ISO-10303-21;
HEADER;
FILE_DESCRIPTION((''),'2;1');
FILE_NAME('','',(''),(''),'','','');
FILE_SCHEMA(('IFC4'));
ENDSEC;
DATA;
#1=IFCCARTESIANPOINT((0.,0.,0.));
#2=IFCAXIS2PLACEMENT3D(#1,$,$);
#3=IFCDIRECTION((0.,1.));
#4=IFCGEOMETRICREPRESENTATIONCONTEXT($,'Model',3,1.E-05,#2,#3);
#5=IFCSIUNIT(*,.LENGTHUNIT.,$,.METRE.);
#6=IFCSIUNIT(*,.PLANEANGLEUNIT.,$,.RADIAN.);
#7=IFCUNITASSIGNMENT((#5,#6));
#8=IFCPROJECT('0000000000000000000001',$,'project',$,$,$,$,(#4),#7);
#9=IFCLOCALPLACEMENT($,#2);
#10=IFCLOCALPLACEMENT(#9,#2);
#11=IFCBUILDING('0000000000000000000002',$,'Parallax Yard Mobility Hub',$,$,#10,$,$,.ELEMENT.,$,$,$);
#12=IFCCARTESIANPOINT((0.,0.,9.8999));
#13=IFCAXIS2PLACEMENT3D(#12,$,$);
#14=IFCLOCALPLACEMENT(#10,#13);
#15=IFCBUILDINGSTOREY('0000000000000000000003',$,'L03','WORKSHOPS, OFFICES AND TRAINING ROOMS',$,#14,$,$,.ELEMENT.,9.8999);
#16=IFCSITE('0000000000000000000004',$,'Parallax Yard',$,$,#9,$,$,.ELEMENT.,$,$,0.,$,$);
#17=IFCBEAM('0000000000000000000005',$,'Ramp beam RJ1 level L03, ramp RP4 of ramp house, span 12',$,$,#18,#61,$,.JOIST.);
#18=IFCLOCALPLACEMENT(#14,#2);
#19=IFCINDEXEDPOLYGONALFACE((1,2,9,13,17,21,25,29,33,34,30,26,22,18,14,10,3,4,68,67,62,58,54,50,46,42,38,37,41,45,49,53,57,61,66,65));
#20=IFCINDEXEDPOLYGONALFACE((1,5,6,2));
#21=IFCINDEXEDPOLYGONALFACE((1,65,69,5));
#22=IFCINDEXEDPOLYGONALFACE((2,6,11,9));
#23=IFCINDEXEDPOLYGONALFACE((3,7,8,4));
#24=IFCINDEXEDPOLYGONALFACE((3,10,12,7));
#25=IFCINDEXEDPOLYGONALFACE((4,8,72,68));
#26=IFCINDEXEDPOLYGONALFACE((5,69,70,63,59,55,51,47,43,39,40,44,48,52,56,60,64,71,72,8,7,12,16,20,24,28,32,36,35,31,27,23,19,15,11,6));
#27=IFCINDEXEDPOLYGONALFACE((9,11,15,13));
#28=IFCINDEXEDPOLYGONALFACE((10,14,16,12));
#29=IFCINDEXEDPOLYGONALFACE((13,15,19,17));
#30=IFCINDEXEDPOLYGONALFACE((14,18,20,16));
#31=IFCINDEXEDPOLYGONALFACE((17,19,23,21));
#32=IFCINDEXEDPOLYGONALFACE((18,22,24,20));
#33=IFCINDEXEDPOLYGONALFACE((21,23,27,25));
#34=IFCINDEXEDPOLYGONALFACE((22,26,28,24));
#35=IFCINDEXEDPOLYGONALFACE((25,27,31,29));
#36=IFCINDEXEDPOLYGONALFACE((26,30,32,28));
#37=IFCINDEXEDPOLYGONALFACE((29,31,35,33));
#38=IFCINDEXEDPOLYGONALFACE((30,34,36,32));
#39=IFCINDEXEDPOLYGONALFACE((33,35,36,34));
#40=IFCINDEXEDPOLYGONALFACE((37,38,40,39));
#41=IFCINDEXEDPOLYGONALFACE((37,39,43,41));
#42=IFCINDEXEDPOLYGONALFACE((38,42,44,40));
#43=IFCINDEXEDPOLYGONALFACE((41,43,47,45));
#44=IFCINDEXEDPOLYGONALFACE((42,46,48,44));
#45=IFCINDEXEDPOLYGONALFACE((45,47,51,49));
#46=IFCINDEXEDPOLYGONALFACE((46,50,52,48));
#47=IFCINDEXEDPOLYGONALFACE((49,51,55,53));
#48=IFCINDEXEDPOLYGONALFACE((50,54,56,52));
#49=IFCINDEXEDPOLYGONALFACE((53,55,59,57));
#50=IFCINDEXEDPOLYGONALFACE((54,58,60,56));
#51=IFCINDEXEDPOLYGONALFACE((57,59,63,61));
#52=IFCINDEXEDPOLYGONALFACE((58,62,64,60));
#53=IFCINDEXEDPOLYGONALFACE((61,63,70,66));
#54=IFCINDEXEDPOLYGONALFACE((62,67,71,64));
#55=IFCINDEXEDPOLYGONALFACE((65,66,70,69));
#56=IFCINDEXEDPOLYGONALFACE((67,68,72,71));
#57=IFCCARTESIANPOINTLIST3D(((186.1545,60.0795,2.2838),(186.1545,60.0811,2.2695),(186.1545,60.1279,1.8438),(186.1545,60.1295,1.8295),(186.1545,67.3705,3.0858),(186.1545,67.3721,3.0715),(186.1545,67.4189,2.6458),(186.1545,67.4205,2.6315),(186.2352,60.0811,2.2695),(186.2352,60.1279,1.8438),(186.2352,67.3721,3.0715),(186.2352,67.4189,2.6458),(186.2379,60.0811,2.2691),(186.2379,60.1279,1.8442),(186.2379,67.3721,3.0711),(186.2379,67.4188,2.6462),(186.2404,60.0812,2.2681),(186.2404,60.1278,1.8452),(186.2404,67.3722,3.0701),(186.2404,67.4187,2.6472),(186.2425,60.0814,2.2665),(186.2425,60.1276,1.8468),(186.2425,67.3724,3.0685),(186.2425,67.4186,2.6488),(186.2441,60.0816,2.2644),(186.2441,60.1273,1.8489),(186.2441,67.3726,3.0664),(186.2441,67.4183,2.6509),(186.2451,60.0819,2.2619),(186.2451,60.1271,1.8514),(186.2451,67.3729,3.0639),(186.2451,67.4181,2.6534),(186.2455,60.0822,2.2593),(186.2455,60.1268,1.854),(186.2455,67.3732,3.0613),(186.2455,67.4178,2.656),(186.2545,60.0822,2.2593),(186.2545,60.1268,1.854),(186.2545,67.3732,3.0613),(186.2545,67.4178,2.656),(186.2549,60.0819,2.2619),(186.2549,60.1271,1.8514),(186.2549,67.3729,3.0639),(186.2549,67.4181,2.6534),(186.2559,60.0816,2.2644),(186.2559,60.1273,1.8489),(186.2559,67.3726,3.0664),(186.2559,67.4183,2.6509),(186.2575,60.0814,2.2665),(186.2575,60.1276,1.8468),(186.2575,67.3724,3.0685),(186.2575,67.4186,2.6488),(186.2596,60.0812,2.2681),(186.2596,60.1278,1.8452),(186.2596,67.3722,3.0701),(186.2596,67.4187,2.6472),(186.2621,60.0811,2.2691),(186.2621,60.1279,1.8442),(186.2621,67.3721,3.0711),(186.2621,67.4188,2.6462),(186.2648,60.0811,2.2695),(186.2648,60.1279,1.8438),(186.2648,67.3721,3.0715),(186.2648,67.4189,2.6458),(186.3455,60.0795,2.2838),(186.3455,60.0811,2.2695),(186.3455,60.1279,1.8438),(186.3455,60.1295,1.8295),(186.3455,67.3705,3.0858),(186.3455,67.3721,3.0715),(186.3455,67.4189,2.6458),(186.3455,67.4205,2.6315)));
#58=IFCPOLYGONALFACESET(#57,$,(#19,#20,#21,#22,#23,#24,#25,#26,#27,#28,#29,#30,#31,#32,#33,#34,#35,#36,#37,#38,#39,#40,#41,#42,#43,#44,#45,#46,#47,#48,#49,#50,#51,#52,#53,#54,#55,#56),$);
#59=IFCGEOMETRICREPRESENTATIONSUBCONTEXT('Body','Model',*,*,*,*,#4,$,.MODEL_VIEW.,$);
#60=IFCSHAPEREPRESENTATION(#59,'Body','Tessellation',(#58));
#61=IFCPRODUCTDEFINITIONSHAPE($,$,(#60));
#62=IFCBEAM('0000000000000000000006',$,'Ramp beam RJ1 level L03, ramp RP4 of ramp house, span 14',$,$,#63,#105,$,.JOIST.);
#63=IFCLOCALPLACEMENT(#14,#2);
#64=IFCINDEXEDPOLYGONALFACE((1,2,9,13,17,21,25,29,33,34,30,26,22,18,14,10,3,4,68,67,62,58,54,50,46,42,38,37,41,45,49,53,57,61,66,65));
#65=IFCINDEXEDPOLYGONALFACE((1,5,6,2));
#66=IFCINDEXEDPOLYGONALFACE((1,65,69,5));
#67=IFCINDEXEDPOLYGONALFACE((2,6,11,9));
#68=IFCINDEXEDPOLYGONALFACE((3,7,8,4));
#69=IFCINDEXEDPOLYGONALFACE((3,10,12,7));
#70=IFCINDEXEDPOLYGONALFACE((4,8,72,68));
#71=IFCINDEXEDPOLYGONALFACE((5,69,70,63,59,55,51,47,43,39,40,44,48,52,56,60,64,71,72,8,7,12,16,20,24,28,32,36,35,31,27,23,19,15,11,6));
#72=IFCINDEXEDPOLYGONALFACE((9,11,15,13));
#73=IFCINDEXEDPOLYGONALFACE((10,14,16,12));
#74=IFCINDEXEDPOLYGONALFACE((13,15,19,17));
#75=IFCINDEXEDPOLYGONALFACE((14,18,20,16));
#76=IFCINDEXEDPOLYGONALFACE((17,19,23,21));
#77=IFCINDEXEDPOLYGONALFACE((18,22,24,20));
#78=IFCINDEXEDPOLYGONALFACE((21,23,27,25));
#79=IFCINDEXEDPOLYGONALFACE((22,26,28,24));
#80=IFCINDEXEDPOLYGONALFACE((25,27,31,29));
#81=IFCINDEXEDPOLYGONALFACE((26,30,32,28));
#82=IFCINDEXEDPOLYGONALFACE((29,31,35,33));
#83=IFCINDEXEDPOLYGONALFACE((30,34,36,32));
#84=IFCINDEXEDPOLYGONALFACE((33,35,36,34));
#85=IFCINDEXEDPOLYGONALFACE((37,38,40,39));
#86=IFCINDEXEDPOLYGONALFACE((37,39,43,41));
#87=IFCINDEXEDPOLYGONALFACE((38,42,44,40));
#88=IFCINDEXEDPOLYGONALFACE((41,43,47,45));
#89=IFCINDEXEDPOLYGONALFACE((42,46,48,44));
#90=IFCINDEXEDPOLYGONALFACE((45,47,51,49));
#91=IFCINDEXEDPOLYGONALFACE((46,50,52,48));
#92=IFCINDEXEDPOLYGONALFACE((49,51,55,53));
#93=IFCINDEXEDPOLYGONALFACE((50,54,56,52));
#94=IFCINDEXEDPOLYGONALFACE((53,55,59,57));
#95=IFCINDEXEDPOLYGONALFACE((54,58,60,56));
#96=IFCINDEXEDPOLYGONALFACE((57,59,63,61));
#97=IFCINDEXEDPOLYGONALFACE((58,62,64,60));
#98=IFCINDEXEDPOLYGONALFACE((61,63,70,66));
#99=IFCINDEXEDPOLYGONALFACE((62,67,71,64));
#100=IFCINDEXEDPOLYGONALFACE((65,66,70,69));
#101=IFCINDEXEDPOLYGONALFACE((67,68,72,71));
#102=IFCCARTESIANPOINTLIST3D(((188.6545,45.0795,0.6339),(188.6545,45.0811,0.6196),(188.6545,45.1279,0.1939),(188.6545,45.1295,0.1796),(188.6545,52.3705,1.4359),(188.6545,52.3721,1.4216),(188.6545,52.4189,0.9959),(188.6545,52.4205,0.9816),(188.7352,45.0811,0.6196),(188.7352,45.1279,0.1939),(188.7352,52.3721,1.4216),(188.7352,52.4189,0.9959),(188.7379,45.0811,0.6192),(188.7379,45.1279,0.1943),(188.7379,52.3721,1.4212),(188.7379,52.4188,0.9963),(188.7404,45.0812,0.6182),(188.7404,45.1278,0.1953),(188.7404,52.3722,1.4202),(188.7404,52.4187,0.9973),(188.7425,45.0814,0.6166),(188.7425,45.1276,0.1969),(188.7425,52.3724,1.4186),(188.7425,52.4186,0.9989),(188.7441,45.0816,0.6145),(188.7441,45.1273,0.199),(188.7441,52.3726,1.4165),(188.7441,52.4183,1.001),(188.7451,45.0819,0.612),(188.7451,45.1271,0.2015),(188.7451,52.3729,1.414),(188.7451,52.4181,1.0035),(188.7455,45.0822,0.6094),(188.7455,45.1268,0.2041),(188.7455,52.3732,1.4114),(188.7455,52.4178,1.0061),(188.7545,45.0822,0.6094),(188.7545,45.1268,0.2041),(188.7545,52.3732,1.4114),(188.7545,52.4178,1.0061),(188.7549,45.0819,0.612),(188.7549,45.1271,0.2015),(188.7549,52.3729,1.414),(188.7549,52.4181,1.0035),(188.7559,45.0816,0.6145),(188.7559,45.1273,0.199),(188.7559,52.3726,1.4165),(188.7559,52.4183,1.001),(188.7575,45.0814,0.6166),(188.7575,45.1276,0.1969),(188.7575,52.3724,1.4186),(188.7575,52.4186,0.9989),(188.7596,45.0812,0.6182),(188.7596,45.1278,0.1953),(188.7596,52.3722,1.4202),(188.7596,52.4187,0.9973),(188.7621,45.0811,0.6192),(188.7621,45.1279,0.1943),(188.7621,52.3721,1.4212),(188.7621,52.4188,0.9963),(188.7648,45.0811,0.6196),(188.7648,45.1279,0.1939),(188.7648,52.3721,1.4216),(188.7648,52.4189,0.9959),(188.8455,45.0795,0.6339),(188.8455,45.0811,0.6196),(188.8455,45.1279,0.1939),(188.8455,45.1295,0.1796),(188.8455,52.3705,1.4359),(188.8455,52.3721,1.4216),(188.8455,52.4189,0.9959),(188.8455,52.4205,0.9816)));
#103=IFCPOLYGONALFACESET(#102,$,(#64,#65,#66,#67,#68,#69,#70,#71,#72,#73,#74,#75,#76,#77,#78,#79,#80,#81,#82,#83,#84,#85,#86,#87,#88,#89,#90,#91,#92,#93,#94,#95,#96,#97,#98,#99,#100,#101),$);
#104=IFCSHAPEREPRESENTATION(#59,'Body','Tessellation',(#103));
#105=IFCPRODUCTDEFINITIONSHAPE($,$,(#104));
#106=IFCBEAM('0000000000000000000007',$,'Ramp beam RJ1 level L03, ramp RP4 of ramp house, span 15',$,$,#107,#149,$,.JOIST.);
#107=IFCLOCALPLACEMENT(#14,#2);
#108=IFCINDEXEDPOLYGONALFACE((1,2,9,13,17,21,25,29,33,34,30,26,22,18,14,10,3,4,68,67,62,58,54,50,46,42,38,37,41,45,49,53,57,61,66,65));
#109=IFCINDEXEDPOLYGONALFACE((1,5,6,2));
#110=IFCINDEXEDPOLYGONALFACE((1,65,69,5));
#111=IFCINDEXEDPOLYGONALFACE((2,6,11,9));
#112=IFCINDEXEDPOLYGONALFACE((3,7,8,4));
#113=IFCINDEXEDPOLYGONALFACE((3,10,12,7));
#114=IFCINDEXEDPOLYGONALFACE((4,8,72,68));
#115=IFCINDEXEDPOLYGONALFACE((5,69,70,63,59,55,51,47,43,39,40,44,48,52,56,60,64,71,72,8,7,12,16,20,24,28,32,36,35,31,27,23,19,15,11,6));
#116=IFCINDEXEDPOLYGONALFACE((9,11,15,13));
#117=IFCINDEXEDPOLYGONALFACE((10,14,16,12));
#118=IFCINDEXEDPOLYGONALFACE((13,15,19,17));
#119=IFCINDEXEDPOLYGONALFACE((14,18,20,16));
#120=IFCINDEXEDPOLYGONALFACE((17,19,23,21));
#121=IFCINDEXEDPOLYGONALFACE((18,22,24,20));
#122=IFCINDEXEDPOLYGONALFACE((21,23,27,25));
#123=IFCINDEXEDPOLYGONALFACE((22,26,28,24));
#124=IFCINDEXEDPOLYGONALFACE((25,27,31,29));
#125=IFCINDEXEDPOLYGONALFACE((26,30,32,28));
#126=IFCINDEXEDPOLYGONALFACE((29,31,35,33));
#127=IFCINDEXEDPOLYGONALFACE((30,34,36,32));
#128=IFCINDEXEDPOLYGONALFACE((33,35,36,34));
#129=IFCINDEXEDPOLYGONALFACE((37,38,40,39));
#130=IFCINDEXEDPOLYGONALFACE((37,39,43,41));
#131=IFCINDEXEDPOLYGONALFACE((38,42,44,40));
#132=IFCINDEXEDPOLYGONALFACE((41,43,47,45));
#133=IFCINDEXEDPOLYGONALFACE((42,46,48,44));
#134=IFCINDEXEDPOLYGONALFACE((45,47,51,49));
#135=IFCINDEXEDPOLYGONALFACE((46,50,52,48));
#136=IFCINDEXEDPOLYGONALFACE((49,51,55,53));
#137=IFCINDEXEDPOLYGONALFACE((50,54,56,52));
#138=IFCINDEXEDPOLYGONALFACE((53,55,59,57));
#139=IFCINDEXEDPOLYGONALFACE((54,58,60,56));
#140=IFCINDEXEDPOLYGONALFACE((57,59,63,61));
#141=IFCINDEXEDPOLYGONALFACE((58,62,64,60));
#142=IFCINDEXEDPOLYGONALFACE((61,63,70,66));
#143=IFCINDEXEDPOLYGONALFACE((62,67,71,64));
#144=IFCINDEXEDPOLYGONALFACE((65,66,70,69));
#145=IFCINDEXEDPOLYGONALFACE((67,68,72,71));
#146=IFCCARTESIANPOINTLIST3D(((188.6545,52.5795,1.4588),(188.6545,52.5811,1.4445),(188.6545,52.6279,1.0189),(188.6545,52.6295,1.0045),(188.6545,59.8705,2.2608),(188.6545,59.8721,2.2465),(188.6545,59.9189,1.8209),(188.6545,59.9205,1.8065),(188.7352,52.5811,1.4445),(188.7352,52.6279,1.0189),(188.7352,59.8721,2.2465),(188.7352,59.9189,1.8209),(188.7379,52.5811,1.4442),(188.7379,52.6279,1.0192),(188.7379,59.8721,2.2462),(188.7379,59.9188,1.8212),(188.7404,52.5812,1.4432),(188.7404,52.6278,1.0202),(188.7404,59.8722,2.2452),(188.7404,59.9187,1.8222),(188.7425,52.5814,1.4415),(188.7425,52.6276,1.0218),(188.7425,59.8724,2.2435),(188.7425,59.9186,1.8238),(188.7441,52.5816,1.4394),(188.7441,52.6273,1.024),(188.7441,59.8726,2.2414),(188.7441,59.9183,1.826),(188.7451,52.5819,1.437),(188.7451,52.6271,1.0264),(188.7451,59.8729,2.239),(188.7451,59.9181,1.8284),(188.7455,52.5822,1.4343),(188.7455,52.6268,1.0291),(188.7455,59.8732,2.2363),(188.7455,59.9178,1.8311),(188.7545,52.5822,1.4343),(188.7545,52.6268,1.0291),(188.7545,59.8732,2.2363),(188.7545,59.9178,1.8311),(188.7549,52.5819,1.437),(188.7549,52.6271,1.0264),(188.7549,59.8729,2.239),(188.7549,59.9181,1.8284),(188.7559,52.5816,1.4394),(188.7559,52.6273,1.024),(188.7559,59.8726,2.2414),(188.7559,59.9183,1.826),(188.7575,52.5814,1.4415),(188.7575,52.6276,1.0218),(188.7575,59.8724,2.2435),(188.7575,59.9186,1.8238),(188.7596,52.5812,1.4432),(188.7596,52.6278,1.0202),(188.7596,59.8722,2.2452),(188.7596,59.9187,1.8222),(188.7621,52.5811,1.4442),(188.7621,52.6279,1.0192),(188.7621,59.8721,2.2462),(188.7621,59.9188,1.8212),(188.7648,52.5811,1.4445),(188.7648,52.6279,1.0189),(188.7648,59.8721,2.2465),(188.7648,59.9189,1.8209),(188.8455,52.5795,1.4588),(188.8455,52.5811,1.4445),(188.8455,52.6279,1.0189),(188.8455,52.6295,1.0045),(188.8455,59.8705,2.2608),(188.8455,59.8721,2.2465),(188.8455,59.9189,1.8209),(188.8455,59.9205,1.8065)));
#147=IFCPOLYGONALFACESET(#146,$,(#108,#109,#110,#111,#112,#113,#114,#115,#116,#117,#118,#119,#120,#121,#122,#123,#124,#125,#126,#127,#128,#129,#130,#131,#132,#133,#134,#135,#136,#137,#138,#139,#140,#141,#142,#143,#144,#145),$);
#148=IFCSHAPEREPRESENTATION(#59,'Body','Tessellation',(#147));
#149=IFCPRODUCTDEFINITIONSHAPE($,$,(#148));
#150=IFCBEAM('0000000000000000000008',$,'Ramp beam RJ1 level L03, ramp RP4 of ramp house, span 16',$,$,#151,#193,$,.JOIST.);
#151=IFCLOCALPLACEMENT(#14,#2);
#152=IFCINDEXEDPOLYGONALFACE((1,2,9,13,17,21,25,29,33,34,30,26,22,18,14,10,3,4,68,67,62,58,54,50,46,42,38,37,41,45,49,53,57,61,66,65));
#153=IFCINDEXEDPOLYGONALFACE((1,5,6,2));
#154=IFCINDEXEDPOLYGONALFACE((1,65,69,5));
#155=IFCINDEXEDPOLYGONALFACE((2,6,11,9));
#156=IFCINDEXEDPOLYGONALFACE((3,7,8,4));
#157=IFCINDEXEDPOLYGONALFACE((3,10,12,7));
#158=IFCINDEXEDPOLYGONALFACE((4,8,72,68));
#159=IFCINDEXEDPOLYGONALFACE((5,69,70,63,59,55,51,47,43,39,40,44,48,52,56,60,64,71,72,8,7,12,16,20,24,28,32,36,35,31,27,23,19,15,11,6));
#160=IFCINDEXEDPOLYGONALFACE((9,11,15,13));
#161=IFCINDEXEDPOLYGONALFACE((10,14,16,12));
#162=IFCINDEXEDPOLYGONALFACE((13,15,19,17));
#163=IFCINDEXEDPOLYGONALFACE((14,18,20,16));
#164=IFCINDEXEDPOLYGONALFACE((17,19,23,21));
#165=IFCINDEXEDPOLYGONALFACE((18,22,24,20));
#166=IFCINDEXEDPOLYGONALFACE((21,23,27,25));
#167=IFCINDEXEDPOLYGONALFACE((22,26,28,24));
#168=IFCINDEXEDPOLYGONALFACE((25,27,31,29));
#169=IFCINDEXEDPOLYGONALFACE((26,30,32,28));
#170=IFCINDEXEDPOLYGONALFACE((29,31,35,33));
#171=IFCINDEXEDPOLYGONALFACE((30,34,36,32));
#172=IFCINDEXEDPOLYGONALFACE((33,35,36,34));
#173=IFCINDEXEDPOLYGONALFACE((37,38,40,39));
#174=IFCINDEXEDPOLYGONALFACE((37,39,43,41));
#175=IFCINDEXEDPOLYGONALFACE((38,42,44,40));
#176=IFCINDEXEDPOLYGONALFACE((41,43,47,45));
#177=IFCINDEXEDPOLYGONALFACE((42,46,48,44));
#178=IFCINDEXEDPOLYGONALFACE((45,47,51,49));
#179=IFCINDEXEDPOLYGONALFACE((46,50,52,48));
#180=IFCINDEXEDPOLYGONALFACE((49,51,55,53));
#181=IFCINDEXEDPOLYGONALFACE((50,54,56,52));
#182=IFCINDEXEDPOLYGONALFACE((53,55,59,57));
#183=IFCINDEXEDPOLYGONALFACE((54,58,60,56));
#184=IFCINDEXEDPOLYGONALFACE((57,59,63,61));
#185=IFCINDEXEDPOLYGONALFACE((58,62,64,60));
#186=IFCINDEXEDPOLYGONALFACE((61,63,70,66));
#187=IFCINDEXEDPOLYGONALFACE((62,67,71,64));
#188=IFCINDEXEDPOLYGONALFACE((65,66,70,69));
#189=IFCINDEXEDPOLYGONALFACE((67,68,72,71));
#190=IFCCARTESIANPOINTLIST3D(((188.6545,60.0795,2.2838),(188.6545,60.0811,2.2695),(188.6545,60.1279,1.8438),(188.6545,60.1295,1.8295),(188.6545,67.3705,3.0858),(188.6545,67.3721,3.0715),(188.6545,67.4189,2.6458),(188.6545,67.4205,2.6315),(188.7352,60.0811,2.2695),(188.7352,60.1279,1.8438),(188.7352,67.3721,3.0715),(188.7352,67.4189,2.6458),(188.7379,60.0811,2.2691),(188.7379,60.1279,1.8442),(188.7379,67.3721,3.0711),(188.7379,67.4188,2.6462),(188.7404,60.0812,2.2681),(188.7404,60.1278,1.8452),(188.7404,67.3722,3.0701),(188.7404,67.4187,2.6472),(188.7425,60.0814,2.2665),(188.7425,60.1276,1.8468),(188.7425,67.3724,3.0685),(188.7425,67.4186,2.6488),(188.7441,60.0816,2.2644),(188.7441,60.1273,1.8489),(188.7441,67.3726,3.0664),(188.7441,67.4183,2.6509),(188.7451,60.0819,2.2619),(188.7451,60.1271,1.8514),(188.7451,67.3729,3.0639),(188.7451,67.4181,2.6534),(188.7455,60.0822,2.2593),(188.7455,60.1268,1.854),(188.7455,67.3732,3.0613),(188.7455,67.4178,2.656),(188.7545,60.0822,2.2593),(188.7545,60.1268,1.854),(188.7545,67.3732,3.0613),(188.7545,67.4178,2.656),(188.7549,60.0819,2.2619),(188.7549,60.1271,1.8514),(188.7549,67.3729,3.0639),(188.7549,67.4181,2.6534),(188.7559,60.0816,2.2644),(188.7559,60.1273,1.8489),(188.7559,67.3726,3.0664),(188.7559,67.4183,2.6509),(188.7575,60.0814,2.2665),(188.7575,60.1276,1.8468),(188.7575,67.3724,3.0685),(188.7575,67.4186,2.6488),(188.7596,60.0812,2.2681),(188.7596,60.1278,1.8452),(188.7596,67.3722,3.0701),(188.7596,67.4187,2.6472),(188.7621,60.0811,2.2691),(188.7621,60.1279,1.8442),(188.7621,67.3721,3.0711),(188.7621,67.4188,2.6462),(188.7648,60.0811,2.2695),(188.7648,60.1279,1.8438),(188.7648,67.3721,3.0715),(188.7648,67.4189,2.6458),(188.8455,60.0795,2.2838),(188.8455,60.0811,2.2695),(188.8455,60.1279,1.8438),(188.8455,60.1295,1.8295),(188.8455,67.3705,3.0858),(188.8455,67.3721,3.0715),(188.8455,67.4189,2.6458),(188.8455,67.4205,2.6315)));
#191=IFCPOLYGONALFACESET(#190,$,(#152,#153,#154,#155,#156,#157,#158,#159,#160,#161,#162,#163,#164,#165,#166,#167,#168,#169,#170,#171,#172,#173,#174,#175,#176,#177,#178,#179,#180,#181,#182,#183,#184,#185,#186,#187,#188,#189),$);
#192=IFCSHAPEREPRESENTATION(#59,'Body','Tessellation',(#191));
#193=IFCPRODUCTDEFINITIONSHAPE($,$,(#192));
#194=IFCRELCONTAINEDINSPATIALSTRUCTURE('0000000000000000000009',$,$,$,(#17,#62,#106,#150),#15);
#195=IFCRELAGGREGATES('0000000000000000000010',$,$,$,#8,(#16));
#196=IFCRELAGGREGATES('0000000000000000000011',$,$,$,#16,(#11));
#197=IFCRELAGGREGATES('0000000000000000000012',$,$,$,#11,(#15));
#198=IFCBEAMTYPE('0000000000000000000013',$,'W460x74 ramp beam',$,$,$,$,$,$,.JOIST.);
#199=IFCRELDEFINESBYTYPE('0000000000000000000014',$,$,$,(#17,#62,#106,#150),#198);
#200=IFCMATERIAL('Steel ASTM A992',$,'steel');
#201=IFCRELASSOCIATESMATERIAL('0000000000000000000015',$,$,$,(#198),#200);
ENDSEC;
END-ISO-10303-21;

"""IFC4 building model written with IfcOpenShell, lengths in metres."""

from ifc_helpers import new_model, si_unit, direction, frame, origin, origin_2d, place, context, subcontext, project, spatial, i_section, extrude, material, material_profile, profile_set, type_object, element, save


model = new_model("IFC4")

# Units and contexts
model_context = context("Model", 3, precision=1e-05, world=origin(), true_north=direction((0.0, 1.0)))
body_context = subcontext(model_context, "Body", "Model", "MODEL_VIEW")
ifc_project = project(units=[si_unit("LENGTHUNIT", "METRE"), si_unit("PLANEANGLEUNIT", "RADIAN")], contexts=[model_context])

# Site, building, storey
site_placement = place(None, origin())
site = spatial("IfcSite", under=ifc_project, at=site_placement, Name="Parallax Yard", CompositionType="ELEMENT", RefElevation=0.0)
building_placement = place(site_placement, origin())
building = spatial("IfcBuilding", under=site, at=building_placement, Name="Parallax Yard Mobility Hub", CompositionType="ELEMENT")
storey_placement = place(building_placement, frame((0.0, 0.0, 9.8999)))
storey = spatial("IfcBuildingStorey", under=building, at=storey_placement, Name="L03", Description="WORKSHOPS, OFFICES AND TRAINING ROOMS", CompositionType="ELEMENT", Elevation=9.8999)

# Shared definitions
ifc_material_1 = material(Name="Steel ASTM A992", Category="steel")

# Beams
ifc_material_profile_1 = material_profile(ifc_material_1, i_section(OverallWidth=0.1909, OverallDepth=0.457, WebThickness=0.009, FlangeThickness=0.0144, FilletRadius=0.0103, at=origin_2d()), Name="W460x74")
ifc_profile_set_1 = profile_set([ifc_material_profile_1], Name="Steel ASTM A992")
beam_type_1 = type_object("IfcBeamType", Name="W460x74 ramp beam", PredefinedType="JOIST", material=ifc_profile_set_1)
for number, where, z_axis, x_axis, name in (
    (1, (186.25, 60.1045, 2.0566), (0.0, 0.994005, 0.109339), (-1.0, 0.0, 0.0), "Ramp beam RJ1 level L03, ramp RP4 of ramp house, span 12"),
    (2, (188.75, 45.1045, 0.4067), (0.0, 0.994005, 0.109339), (-1.0, 0.0, 0.0), "Ramp beam RJ1 level L03, ramp RP4 of ramp house, span 14"),
    (3, (188.75, 52.6045, 1.2317), (0.0, 0.994005, 0.109339), (-1.0, 0.0, 0.0), "Ramp beam RJ1 level L03, ramp RP4 of ramp house, span 15"),
    (4, (188.75, 60.1045, 2.0566), (0.0, 0.994005, 0.109339), (-1.0, 0.0, 0.0), "Ramp beam RJ1 level L03, ramp RP4 of ramp house, span 16"),
):
    element("IfcBeam", number, at=place(storey_placement, frame(where, z_axis=z_axis, x_axis=x_axis)), inside=storey, type_object=beam_type_1, Name=name, PredefinedType="JOIST", context=body_context, shape_type="SweptSolid", body=[
        extrude(i_section(OverallWidth=0.1909, OverallDepth=0.457, WebThickness=0.009, FlangeThickness=0.0144, FilletRadius=0.0103, at=origin_2d()), origin(), (0.0, 0.0, 1.0), 7.335),
    ])

save(model, "model.ifc")
